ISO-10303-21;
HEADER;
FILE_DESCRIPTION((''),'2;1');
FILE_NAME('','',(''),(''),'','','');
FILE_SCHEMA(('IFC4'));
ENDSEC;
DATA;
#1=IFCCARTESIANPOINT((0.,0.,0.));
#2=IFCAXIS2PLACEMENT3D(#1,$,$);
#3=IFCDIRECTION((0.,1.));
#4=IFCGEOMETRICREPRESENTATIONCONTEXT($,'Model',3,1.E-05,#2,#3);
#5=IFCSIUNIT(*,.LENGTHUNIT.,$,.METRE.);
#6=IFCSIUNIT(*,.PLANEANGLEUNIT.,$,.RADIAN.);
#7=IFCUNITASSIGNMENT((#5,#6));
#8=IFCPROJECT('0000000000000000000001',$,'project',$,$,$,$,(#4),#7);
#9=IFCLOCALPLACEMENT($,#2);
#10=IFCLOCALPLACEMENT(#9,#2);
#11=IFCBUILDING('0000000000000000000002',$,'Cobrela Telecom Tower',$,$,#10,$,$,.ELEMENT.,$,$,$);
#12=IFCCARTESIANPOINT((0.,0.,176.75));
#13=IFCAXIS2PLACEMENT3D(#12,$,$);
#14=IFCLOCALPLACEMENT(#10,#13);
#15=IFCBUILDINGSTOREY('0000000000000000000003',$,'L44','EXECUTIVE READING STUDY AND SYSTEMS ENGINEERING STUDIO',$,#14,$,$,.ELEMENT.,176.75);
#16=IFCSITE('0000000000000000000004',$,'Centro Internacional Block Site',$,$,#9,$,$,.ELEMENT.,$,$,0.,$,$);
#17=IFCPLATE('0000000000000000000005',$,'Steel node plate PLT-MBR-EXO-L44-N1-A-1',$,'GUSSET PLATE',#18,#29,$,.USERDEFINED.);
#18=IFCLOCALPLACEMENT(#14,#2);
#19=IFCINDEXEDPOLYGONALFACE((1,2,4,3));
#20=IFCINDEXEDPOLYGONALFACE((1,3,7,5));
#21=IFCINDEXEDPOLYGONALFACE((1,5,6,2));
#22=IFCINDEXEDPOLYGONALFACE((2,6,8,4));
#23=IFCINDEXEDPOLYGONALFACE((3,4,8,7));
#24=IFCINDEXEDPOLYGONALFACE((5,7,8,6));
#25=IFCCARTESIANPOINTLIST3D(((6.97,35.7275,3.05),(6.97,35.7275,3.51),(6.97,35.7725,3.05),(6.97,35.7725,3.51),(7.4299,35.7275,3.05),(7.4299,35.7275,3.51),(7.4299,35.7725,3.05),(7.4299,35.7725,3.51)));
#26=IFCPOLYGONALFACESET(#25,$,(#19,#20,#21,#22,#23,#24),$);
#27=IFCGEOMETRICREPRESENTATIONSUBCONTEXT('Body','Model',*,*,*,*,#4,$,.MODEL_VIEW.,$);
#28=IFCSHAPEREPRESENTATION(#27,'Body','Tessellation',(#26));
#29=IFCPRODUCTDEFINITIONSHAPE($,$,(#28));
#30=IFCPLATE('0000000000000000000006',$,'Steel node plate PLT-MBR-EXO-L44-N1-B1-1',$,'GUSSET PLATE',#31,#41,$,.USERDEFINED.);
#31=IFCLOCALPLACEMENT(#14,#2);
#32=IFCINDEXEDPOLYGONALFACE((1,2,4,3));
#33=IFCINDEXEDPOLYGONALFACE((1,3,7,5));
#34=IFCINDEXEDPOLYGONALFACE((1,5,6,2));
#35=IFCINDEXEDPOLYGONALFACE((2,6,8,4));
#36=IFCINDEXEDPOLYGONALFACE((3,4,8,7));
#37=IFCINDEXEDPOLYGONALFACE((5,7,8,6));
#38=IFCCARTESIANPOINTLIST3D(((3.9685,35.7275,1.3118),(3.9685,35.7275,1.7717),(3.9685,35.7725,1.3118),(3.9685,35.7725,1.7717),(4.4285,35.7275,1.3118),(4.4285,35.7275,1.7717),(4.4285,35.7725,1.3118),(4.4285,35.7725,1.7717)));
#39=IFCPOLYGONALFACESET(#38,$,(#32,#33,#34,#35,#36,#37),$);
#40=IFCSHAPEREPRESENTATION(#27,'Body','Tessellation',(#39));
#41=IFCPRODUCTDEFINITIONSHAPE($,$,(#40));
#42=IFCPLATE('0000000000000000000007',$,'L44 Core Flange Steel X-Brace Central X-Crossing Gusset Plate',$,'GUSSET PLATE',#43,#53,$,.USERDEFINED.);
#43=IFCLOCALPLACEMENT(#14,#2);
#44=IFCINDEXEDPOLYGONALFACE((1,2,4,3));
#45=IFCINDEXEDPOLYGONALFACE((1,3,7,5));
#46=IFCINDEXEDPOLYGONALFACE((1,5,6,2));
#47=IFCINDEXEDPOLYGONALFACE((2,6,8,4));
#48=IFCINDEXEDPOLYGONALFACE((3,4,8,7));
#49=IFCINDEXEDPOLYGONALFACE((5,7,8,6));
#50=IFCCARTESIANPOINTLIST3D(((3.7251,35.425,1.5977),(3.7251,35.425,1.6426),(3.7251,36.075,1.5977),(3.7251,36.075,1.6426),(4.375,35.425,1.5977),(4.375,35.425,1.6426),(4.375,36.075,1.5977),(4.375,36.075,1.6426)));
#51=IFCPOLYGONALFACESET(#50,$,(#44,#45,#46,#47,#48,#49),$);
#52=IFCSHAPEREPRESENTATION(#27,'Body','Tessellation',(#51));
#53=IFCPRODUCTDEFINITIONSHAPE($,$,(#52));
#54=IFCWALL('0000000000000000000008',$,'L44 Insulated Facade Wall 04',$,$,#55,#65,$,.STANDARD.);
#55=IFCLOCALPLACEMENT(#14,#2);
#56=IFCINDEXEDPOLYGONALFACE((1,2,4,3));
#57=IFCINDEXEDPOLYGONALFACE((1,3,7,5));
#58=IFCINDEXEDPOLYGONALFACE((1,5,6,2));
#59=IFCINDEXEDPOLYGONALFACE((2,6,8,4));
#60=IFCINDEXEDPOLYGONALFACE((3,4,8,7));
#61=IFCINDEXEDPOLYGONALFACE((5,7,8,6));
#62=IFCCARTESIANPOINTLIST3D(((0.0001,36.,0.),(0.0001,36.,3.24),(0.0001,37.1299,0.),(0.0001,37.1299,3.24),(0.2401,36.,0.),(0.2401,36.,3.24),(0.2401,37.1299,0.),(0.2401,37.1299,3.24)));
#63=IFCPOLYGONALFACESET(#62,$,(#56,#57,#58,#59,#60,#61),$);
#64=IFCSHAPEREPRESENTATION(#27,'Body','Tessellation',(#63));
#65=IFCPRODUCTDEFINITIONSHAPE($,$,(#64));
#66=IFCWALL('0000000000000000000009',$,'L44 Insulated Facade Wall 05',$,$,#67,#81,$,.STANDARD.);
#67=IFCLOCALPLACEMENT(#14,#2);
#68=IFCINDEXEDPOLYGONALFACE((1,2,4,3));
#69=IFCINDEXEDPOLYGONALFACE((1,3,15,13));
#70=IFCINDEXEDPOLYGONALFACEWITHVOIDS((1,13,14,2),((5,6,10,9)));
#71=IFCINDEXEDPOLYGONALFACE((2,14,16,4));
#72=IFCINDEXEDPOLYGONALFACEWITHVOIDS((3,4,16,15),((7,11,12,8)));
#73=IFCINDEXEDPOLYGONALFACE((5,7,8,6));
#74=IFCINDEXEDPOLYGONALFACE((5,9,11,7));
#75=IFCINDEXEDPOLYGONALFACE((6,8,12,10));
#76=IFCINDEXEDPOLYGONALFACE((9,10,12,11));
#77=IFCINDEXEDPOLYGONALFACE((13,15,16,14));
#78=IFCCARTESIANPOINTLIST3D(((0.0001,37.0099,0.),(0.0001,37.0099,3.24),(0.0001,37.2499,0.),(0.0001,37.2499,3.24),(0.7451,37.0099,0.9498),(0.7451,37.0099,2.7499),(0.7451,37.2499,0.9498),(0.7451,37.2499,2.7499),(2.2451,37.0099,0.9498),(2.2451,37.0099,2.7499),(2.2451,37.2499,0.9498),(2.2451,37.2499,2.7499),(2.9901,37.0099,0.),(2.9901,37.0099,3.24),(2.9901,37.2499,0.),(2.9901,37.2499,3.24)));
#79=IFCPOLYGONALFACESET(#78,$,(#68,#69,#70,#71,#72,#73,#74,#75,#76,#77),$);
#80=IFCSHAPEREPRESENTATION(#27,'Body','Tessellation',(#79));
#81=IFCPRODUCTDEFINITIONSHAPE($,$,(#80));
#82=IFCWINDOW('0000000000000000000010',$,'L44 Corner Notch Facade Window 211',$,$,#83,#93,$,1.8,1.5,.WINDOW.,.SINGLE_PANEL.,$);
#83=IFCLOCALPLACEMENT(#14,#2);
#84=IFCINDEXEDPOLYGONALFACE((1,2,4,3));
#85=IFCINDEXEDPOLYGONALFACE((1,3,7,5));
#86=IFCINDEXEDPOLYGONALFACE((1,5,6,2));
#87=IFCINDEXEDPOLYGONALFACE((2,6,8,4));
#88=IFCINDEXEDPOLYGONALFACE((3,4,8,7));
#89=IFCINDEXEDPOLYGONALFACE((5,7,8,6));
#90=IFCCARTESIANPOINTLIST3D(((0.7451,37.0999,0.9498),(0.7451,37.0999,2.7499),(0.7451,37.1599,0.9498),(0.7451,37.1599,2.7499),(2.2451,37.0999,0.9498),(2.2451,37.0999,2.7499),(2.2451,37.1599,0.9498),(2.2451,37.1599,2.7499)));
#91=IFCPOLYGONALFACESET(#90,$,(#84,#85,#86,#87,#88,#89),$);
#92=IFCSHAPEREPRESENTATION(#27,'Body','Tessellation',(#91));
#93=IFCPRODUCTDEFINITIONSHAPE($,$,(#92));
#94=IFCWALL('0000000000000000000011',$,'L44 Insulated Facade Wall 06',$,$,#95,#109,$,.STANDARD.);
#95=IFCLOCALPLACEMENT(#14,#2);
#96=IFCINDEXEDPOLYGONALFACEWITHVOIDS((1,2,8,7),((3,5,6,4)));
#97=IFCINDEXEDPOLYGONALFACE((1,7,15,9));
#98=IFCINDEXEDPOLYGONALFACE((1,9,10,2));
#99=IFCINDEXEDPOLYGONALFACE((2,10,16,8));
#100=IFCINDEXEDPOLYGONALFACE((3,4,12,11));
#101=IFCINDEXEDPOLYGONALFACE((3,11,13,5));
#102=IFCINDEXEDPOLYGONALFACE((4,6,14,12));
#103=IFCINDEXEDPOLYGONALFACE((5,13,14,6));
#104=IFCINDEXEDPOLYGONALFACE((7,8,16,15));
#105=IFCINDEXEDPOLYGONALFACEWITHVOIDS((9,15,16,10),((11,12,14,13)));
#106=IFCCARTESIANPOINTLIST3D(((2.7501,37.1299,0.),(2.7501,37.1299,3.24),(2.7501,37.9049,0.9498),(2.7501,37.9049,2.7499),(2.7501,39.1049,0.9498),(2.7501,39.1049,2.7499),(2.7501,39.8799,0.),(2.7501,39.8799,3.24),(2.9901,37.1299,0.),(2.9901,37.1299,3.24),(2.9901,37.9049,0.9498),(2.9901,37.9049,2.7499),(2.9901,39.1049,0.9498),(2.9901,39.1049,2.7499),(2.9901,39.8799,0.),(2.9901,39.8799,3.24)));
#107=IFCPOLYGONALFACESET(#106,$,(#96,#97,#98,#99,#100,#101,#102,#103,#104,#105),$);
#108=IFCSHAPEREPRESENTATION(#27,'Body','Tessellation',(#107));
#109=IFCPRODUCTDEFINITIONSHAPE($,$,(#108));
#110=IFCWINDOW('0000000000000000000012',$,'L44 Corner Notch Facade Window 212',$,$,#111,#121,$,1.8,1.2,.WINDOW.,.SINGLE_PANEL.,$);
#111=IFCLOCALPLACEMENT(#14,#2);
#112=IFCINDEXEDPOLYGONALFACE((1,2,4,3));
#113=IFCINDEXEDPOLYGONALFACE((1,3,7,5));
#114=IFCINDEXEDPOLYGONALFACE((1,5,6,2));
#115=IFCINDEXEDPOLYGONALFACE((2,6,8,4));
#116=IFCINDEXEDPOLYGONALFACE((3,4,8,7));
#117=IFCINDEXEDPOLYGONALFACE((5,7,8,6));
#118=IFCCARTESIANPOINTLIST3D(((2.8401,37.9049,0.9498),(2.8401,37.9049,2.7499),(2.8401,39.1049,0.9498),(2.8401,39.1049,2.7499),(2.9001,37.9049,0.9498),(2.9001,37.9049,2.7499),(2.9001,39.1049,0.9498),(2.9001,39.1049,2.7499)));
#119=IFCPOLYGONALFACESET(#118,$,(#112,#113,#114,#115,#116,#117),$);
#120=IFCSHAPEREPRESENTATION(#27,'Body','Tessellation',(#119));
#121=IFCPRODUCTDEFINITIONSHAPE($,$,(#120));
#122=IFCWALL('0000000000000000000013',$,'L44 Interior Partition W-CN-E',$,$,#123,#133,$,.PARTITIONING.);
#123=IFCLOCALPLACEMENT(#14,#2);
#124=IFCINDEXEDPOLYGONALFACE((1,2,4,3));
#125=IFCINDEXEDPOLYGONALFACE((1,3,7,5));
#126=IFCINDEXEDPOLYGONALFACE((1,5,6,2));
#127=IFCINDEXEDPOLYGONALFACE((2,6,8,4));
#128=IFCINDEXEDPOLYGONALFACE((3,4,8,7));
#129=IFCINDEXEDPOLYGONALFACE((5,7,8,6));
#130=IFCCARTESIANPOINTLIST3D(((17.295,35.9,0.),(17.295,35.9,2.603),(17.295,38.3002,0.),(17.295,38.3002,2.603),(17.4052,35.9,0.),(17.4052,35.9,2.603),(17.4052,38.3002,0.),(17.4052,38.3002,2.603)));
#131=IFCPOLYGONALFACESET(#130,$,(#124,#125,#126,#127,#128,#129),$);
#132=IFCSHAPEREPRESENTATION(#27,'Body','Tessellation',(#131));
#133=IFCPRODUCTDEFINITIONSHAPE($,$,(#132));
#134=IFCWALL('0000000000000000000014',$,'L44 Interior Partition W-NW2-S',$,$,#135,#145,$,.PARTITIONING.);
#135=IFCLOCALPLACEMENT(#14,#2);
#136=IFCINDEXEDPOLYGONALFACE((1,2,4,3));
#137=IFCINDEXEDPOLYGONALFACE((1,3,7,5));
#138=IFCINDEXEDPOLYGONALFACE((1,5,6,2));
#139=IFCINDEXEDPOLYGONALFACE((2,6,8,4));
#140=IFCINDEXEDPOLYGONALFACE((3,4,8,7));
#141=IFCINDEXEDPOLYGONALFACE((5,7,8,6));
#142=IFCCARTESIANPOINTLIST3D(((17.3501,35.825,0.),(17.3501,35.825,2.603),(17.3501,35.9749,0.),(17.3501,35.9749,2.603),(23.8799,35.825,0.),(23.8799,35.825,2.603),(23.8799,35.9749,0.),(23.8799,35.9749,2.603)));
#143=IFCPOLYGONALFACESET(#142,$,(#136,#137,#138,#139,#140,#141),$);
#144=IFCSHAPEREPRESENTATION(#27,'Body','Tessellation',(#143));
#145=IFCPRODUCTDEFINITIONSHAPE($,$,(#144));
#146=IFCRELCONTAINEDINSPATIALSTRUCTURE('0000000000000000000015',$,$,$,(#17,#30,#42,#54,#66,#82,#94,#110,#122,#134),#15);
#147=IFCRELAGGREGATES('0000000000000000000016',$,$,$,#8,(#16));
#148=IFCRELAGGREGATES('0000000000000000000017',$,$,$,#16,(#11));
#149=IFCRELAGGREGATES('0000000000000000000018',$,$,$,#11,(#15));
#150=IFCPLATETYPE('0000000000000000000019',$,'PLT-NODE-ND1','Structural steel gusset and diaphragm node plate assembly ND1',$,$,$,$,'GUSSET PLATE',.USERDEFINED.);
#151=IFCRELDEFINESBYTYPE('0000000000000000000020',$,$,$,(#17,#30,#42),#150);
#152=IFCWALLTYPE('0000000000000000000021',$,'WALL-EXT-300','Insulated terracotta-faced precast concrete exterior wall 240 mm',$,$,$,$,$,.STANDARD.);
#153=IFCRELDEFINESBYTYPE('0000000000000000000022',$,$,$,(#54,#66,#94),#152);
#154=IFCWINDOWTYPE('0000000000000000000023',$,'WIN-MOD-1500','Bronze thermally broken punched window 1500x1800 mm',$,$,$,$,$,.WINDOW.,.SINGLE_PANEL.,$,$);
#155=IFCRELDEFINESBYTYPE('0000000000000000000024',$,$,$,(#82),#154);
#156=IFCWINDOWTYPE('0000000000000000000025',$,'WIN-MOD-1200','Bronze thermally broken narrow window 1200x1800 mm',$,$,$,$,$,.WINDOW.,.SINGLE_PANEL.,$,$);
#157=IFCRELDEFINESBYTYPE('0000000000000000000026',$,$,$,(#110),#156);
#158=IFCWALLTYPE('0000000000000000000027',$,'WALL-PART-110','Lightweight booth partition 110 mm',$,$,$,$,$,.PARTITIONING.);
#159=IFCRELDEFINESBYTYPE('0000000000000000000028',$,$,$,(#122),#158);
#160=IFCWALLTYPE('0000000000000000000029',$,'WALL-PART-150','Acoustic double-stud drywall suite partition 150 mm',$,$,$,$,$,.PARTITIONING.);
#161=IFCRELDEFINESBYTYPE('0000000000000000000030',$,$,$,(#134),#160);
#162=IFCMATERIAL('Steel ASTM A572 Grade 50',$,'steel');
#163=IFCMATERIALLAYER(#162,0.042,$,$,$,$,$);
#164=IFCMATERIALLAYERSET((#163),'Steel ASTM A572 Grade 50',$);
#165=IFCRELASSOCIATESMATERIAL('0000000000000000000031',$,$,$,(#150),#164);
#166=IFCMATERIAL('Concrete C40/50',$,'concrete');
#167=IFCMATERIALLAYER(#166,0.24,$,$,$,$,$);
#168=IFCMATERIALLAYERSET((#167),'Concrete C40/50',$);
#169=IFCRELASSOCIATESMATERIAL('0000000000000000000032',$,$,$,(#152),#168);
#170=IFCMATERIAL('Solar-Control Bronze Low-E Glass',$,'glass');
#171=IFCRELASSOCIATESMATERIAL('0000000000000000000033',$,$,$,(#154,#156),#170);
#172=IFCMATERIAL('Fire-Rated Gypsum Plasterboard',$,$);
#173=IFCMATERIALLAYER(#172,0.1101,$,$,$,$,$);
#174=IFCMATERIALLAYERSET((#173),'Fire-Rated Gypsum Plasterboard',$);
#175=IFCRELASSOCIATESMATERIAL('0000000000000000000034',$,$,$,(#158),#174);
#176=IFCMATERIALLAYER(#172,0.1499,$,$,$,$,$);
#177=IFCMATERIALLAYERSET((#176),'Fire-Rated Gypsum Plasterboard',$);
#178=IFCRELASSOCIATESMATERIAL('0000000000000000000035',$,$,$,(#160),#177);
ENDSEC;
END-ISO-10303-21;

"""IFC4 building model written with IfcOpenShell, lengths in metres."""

from ifc_helpers import new_model, si_unit, direction, frame, frame_2d, origin, origin_2d, place, context, subcontext, project, spatial, rectangle, extrude, material, layer, layer_set, type_object, element, fill, save


model = new_model("IFC4")

# Units and contexts
model_context = context("Model", 3, precision=1e-05, world=origin(), true_north=direction((0.0, 1.0)))
body_context = subcontext(model_context, "Body", "Model", "MODEL_VIEW")
ifc_project = project(units=[si_unit("LENGTHUNIT", "METRE"), si_unit("PLANEANGLEUNIT", "RADIAN")], contexts=[model_context])

# Site, building, storey
site_placement = place(None, origin())
site = spatial("IfcSite", under=ifc_project, at=site_placement, Name="Centro Internacional Block Site", CompositionType="ELEMENT", RefElevation=0.0)
building_placement = place(site_placement, origin())
building = spatial("IfcBuilding", under=site, at=building_placement, Name="Cobrela Telecom Tower", CompositionType="ELEMENT")
storey_placement = place(building_placement, frame((0.0, 0.0, 176.75)))
storey = spatial("IfcBuildingStorey", under=building, at=storey_placement, Name="L44", Description="EXECUTIVE READING STUDY AND SYSTEMS ENGINEERING STUDIO", CompositionType="ELEMENT", Elevation=176.75)

# Shared definitions
ifc_material_1 = material(Name="Steel ASTM A572 Grade 50", Category="steel")

# Shared definitions
ifc_material_2 = material(Name="Solar-Control Bronze Low-E Glass", Category="glass")

# Plates
ifc_layer_1 = layer(ifc_material_1, 0.042)
ifc_layer_set_1 = layer_set([ifc_layer_1], Name="Steel ASTM A572 Grade 50")
plate_type_1 = type_object("IfcPlateType", Name="PLT-NODE-ND1", Description="Structural steel gusset and diaphragm node plate assembly ND1", ElementType="GUSSET PLATE", PredefinedType="USERDEFINED", material=ifc_layer_set_1)
for number, where, z_axis, x_axis, name in (
    (1, (7.2, 35.75, 3.05), (0.0, 0.0, 1.0), (1.0, 0.0, 0.0), "Steel node plate PLT-MBR-EXO-L44-N1-A-1"),
    (2, (4.1985, 35.75, 1.3118), (0.0, 0.0, 1.0), (-1.0, 0.0, 0.0), "Steel node plate PLT-MBR-EXO-L44-N1-B1-1"),
):
    element("IfcPlate", number, at=place(storey_placement, frame(where, z_axis=z_axis, x_axis=x_axis)), inside=storey, type_object=plate_type_1, Name=name, ObjectType="GUSSET PLATE", PredefinedType="USERDEFINED", context=body_context, shape_type="SweptSolid", body=[
        extrude(rectangle(XDim=0.46, YDim=0.0449, at=origin_2d()), origin(), (0.0, 0.0, 1.0), 0.46),
    ])
plate_1_placement = place(storey_placement, frame((4.05, 35.75, 1.5977), z_axis=(0.0, 0.0, 1.0), x_axis=(1.0, 0.0, 0.0)))
element("IfcPlate", 3, at=plate_1_placement, inside=storey, type_object=plate_type_1, Name="L44 Core Flange Steel X-Brace Central X-Crossing Gusset Plate", ObjectType="GUSSET PLATE", PredefinedType="USERDEFINED", context=body_context, shape_type="SweptSolid", body=[
    extrude(rectangle(XDim=0.6499, YDim=0.6499, at=origin_2d()), origin(), (0.0, 0.0, 1.0), 0.0449),
])

# Wall
ifc_material_3 = material(Name="Concrete C40/50", Category="concrete")
ifc_layer_2 = layer(ifc_material_3, 0.24)
ifc_layer_set_2 = layer_set([ifc_layer_2], Name="Concrete C40/50")
wall_type_1 = type_object("IfcWallType", Name="WALL-EXT-300", Description="Insulated terracotta-faced precast concrete exterior wall 240 mm", PredefinedType="STANDARD", material=ifc_layer_set_2)
wall_1_placement = place(storey_placement, frame((0.1201, 36.0, 0.0), z_axis=(0.0, 0.0, 1.0), x_axis=(0.0, 1.0, 0.0)))
element("IfcWall", 4, at=wall_1_placement, inside=storey, type_object=wall_type_1, Name="L44 Insulated Facade Wall 04", PredefinedType="STANDARD", context=body_context, shape_type="SweptSolid", body=[
    extrude(rectangle(XDim=1.1299, YDim=0.24, at=frame_2d((0.5649, 0.0))), origin(), (0.0, 0.0, 1.0), 3.24),
])

# Walls, openings, windows
wall_2_placement = place(storey_placement, frame((0.0, 37.1299, 0.0), z_axis=(0.0, 0.0, 1.0), x_axis=(1.0, 0.0, 0.0)))
wall_2 = element("IfcWall", 5, at=wall_2_placement, inside=storey, type_object=wall_type_1, Name="L44 Insulated Facade Wall 05", PredefinedType="STANDARD", context=body_context, shape_type="SweptSolid", body=[
    extrude(rectangle(XDim=2.99, YDim=0.24, at=frame_2d((1.4951, 0.0))), origin(), (0.0, 0.0, 1.0), 3.24),
])
opening_1_placement = place(wall_2_placement, frame((0.7451, 0.0, 0.95)))
opening_1 = element("IfcOpeningElement", 6, at=opening_1_placement, cuts=wall_2, PredefinedType="OPENING", context=body_context, shape_type="SweptSolid", body=[
    extrude(rectangle(XDim=1.5, YDim=1.8, at=frame_2d((0.75, 0.8999))), frame((0.0, 0.1318, 0.0), z_axis=(0.0, -1.0, 0.0), x_axis=(1.0, 0.0, 0.0)), (0.0, 0.0, 1.0), 0.2639),
])
window_type_1 = type_object("IfcWindowType", Name="WIN-MOD-1500", Description="Bronze thermally broken punched window 1500x1800 mm", PartitioningType="SINGLE_PANEL", PredefinedType="WINDOW", material=ifc_material_2)
window_1_placement = place(opening_1_placement, origin())
window_1 = element("IfcWindow", 7, at=window_1_placement, inside=storey, type_object=window_type_1, Name="L44 Corner Notch Facade Window 211", OverallHeight=1.8, OverallWidth=1.5, PartitioningType="SINGLE_PANEL", PredefinedType="WINDOW", context=body_context, shape_type="SweptSolid", body=[
    extrude(rectangle(XDim=1.5, YDim=1.8, at=frame_2d((0.75, 0.8999))), frame((0.0, 0.03, 0.0), z_axis=(0.0, -1.0, 0.0), x_axis=(1.0, 0.0, 0.0)), (0.0, 0.0, 1.0), 0.0601),
])
fill(opening_1, window_1)
wall_3_placement = place(storey_placement, frame((2.8701, 37.1299, 0.0), z_axis=(0.0, 0.0, 1.0), x_axis=(0.0, 1.0, 0.0)))
wall_3 = element("IfcWall", 8, at=wall_3_placement, inside=storey, type_object=wall_type_1, Name="L44 Insulated Facade Wall 06", PredefinedType="STANDARD", context=body_context, shape_type="SweptSolid", body=[
    extrude(rectangle(XDim=2.75, YDim=0.24, at=frame_2d((1.375, 0.0))), origin(), (0.0, 0.0, 1.0), 3.24),
])
opening_2_placement = place(wall_3_placement, frame((0.7749, 0.0, 0.95)))
opening_2 = element("IfcOpeningElement", 9, at=opening_2_placement, cuts=wall_3, PredefinedType="OPENING", context=body_context, shape_type="SweptSolid", body=[
    extrude(rectangle(XDim=1.2, YDim=1.8, at=frame_2d((0.6001, 0.8999))), frame((0.0, 0.1318, 0.0), z_axis=(0.0, -1.0, 0.0), x_axis=(1.0, 0.0, 0.0)), (0.0, 0.0, 1.0), 0.2639),
])
window_type_2 = type_object("IfcWindowType", Name="WIN-MOD-1200", Description="Bronze thermally broken narrow window 1200x1800 mm", PartitioningType="SINGLE_PANEL", PredefinedType="WINDOW", material=ifc_material_2)
window_2_placement = place(opening_2_placement, origin())
window_2 = element("IfcWindow", 10, at=window_2_placement, inside=storey, type_object=window_type_2, Name="L44 Corner Notch Facade Window 212", OverallHeight=1.8, OverallWidth=1.2, PartitioningType="SINGLE_PANEL", PredefinedType="WINDOW", context=body_context, shape_type="SweptSolid", body=[
    extrude(rectangle(XDim=1.2, YDim=1.8, at=frame_2d((0.6001, 0.8999))), frame((0.0, 0.03, 0.0), z_axis=(0.0, -1.0, 0.0), x_axis=(1.0, 0.0, 0.0)), (0.0, 0.0, 1.0), 0.0601),
])
fill(opening_2, window_2)

# Wall
ifc_material_4 = material(Name="Fire-Rated Gypsum Plasterboard")
ifc_layer_3 = layer(ifc_material_4, 0.1101)
ifc_layer_set_3 = layer_set([ifc_layer_3], Name="Fire-Rated Gypsum Plasterboard")
wall_type_2 = type_object("IfcWallType", Name="WALL-PART-110", Description="Lightweight booth partition 110 mm", PredefinedType="PARTITIONING", material=ifc_layer_set_3)
wall_4_placement = place(storey_placement, frame((17.3501, 35.8999, 0.0), z_axis=(0.0, 0.0, 1.0), x_axis=(0.0, 1.0, 0.0)))
element("IfcWall", 11, at=wall_4_placement, inside=storey, type_object=wall_type_2, Name="L44 Interior Partition W-CN-E", PredefinedType="PARTITIONING", context=body_context, shape_type="SweptSolid", body=[
    extrude(rectangle(XDim=2.4001, YDim=0.1101, at=frame_2d((1.2002, 0.0))), origin(), (0.0, 0.0, 1.0), 2.603),
])

# Wall
ifc_layer_4 = layer(ifc_material_4, 0.1499)
ifc_layer_set_4 = layer_set([ifc_layer_4], Name="Fire-Rated Gypsum Plasterboard")
wall_type_3 = type_object("IfcWallType", Name="WALL-PART-150", Description="Acoustic double-stud drywall suite partition 150 mm", PredefinedType="PARTITIONING", material=ifc_layer_set_4)
wall_5_placement = place(storey_placement, frame((17.3501, 35.8999, 0.0), z_axis=(0.0, 0.0, 1.0), x_axis=(1.0, 0.0, 0.0)))
element("IfcWall", 12, at=wall_5_placement, inside=storey, type_object=wall_type_3, Name="L44 Interior Partition W-NW2-S", PredefinedType="PARTITIONING", context=body_context, shape_type="SweptSolid", body=[
    extrude(rectangle(XDim=6.5298, YDim=0.1499, at=frame_2d((3.2649, 0.0))), origin(), (0.0, 0.0, 1.0), 2.603),
])

save(model, "model.ifc")
